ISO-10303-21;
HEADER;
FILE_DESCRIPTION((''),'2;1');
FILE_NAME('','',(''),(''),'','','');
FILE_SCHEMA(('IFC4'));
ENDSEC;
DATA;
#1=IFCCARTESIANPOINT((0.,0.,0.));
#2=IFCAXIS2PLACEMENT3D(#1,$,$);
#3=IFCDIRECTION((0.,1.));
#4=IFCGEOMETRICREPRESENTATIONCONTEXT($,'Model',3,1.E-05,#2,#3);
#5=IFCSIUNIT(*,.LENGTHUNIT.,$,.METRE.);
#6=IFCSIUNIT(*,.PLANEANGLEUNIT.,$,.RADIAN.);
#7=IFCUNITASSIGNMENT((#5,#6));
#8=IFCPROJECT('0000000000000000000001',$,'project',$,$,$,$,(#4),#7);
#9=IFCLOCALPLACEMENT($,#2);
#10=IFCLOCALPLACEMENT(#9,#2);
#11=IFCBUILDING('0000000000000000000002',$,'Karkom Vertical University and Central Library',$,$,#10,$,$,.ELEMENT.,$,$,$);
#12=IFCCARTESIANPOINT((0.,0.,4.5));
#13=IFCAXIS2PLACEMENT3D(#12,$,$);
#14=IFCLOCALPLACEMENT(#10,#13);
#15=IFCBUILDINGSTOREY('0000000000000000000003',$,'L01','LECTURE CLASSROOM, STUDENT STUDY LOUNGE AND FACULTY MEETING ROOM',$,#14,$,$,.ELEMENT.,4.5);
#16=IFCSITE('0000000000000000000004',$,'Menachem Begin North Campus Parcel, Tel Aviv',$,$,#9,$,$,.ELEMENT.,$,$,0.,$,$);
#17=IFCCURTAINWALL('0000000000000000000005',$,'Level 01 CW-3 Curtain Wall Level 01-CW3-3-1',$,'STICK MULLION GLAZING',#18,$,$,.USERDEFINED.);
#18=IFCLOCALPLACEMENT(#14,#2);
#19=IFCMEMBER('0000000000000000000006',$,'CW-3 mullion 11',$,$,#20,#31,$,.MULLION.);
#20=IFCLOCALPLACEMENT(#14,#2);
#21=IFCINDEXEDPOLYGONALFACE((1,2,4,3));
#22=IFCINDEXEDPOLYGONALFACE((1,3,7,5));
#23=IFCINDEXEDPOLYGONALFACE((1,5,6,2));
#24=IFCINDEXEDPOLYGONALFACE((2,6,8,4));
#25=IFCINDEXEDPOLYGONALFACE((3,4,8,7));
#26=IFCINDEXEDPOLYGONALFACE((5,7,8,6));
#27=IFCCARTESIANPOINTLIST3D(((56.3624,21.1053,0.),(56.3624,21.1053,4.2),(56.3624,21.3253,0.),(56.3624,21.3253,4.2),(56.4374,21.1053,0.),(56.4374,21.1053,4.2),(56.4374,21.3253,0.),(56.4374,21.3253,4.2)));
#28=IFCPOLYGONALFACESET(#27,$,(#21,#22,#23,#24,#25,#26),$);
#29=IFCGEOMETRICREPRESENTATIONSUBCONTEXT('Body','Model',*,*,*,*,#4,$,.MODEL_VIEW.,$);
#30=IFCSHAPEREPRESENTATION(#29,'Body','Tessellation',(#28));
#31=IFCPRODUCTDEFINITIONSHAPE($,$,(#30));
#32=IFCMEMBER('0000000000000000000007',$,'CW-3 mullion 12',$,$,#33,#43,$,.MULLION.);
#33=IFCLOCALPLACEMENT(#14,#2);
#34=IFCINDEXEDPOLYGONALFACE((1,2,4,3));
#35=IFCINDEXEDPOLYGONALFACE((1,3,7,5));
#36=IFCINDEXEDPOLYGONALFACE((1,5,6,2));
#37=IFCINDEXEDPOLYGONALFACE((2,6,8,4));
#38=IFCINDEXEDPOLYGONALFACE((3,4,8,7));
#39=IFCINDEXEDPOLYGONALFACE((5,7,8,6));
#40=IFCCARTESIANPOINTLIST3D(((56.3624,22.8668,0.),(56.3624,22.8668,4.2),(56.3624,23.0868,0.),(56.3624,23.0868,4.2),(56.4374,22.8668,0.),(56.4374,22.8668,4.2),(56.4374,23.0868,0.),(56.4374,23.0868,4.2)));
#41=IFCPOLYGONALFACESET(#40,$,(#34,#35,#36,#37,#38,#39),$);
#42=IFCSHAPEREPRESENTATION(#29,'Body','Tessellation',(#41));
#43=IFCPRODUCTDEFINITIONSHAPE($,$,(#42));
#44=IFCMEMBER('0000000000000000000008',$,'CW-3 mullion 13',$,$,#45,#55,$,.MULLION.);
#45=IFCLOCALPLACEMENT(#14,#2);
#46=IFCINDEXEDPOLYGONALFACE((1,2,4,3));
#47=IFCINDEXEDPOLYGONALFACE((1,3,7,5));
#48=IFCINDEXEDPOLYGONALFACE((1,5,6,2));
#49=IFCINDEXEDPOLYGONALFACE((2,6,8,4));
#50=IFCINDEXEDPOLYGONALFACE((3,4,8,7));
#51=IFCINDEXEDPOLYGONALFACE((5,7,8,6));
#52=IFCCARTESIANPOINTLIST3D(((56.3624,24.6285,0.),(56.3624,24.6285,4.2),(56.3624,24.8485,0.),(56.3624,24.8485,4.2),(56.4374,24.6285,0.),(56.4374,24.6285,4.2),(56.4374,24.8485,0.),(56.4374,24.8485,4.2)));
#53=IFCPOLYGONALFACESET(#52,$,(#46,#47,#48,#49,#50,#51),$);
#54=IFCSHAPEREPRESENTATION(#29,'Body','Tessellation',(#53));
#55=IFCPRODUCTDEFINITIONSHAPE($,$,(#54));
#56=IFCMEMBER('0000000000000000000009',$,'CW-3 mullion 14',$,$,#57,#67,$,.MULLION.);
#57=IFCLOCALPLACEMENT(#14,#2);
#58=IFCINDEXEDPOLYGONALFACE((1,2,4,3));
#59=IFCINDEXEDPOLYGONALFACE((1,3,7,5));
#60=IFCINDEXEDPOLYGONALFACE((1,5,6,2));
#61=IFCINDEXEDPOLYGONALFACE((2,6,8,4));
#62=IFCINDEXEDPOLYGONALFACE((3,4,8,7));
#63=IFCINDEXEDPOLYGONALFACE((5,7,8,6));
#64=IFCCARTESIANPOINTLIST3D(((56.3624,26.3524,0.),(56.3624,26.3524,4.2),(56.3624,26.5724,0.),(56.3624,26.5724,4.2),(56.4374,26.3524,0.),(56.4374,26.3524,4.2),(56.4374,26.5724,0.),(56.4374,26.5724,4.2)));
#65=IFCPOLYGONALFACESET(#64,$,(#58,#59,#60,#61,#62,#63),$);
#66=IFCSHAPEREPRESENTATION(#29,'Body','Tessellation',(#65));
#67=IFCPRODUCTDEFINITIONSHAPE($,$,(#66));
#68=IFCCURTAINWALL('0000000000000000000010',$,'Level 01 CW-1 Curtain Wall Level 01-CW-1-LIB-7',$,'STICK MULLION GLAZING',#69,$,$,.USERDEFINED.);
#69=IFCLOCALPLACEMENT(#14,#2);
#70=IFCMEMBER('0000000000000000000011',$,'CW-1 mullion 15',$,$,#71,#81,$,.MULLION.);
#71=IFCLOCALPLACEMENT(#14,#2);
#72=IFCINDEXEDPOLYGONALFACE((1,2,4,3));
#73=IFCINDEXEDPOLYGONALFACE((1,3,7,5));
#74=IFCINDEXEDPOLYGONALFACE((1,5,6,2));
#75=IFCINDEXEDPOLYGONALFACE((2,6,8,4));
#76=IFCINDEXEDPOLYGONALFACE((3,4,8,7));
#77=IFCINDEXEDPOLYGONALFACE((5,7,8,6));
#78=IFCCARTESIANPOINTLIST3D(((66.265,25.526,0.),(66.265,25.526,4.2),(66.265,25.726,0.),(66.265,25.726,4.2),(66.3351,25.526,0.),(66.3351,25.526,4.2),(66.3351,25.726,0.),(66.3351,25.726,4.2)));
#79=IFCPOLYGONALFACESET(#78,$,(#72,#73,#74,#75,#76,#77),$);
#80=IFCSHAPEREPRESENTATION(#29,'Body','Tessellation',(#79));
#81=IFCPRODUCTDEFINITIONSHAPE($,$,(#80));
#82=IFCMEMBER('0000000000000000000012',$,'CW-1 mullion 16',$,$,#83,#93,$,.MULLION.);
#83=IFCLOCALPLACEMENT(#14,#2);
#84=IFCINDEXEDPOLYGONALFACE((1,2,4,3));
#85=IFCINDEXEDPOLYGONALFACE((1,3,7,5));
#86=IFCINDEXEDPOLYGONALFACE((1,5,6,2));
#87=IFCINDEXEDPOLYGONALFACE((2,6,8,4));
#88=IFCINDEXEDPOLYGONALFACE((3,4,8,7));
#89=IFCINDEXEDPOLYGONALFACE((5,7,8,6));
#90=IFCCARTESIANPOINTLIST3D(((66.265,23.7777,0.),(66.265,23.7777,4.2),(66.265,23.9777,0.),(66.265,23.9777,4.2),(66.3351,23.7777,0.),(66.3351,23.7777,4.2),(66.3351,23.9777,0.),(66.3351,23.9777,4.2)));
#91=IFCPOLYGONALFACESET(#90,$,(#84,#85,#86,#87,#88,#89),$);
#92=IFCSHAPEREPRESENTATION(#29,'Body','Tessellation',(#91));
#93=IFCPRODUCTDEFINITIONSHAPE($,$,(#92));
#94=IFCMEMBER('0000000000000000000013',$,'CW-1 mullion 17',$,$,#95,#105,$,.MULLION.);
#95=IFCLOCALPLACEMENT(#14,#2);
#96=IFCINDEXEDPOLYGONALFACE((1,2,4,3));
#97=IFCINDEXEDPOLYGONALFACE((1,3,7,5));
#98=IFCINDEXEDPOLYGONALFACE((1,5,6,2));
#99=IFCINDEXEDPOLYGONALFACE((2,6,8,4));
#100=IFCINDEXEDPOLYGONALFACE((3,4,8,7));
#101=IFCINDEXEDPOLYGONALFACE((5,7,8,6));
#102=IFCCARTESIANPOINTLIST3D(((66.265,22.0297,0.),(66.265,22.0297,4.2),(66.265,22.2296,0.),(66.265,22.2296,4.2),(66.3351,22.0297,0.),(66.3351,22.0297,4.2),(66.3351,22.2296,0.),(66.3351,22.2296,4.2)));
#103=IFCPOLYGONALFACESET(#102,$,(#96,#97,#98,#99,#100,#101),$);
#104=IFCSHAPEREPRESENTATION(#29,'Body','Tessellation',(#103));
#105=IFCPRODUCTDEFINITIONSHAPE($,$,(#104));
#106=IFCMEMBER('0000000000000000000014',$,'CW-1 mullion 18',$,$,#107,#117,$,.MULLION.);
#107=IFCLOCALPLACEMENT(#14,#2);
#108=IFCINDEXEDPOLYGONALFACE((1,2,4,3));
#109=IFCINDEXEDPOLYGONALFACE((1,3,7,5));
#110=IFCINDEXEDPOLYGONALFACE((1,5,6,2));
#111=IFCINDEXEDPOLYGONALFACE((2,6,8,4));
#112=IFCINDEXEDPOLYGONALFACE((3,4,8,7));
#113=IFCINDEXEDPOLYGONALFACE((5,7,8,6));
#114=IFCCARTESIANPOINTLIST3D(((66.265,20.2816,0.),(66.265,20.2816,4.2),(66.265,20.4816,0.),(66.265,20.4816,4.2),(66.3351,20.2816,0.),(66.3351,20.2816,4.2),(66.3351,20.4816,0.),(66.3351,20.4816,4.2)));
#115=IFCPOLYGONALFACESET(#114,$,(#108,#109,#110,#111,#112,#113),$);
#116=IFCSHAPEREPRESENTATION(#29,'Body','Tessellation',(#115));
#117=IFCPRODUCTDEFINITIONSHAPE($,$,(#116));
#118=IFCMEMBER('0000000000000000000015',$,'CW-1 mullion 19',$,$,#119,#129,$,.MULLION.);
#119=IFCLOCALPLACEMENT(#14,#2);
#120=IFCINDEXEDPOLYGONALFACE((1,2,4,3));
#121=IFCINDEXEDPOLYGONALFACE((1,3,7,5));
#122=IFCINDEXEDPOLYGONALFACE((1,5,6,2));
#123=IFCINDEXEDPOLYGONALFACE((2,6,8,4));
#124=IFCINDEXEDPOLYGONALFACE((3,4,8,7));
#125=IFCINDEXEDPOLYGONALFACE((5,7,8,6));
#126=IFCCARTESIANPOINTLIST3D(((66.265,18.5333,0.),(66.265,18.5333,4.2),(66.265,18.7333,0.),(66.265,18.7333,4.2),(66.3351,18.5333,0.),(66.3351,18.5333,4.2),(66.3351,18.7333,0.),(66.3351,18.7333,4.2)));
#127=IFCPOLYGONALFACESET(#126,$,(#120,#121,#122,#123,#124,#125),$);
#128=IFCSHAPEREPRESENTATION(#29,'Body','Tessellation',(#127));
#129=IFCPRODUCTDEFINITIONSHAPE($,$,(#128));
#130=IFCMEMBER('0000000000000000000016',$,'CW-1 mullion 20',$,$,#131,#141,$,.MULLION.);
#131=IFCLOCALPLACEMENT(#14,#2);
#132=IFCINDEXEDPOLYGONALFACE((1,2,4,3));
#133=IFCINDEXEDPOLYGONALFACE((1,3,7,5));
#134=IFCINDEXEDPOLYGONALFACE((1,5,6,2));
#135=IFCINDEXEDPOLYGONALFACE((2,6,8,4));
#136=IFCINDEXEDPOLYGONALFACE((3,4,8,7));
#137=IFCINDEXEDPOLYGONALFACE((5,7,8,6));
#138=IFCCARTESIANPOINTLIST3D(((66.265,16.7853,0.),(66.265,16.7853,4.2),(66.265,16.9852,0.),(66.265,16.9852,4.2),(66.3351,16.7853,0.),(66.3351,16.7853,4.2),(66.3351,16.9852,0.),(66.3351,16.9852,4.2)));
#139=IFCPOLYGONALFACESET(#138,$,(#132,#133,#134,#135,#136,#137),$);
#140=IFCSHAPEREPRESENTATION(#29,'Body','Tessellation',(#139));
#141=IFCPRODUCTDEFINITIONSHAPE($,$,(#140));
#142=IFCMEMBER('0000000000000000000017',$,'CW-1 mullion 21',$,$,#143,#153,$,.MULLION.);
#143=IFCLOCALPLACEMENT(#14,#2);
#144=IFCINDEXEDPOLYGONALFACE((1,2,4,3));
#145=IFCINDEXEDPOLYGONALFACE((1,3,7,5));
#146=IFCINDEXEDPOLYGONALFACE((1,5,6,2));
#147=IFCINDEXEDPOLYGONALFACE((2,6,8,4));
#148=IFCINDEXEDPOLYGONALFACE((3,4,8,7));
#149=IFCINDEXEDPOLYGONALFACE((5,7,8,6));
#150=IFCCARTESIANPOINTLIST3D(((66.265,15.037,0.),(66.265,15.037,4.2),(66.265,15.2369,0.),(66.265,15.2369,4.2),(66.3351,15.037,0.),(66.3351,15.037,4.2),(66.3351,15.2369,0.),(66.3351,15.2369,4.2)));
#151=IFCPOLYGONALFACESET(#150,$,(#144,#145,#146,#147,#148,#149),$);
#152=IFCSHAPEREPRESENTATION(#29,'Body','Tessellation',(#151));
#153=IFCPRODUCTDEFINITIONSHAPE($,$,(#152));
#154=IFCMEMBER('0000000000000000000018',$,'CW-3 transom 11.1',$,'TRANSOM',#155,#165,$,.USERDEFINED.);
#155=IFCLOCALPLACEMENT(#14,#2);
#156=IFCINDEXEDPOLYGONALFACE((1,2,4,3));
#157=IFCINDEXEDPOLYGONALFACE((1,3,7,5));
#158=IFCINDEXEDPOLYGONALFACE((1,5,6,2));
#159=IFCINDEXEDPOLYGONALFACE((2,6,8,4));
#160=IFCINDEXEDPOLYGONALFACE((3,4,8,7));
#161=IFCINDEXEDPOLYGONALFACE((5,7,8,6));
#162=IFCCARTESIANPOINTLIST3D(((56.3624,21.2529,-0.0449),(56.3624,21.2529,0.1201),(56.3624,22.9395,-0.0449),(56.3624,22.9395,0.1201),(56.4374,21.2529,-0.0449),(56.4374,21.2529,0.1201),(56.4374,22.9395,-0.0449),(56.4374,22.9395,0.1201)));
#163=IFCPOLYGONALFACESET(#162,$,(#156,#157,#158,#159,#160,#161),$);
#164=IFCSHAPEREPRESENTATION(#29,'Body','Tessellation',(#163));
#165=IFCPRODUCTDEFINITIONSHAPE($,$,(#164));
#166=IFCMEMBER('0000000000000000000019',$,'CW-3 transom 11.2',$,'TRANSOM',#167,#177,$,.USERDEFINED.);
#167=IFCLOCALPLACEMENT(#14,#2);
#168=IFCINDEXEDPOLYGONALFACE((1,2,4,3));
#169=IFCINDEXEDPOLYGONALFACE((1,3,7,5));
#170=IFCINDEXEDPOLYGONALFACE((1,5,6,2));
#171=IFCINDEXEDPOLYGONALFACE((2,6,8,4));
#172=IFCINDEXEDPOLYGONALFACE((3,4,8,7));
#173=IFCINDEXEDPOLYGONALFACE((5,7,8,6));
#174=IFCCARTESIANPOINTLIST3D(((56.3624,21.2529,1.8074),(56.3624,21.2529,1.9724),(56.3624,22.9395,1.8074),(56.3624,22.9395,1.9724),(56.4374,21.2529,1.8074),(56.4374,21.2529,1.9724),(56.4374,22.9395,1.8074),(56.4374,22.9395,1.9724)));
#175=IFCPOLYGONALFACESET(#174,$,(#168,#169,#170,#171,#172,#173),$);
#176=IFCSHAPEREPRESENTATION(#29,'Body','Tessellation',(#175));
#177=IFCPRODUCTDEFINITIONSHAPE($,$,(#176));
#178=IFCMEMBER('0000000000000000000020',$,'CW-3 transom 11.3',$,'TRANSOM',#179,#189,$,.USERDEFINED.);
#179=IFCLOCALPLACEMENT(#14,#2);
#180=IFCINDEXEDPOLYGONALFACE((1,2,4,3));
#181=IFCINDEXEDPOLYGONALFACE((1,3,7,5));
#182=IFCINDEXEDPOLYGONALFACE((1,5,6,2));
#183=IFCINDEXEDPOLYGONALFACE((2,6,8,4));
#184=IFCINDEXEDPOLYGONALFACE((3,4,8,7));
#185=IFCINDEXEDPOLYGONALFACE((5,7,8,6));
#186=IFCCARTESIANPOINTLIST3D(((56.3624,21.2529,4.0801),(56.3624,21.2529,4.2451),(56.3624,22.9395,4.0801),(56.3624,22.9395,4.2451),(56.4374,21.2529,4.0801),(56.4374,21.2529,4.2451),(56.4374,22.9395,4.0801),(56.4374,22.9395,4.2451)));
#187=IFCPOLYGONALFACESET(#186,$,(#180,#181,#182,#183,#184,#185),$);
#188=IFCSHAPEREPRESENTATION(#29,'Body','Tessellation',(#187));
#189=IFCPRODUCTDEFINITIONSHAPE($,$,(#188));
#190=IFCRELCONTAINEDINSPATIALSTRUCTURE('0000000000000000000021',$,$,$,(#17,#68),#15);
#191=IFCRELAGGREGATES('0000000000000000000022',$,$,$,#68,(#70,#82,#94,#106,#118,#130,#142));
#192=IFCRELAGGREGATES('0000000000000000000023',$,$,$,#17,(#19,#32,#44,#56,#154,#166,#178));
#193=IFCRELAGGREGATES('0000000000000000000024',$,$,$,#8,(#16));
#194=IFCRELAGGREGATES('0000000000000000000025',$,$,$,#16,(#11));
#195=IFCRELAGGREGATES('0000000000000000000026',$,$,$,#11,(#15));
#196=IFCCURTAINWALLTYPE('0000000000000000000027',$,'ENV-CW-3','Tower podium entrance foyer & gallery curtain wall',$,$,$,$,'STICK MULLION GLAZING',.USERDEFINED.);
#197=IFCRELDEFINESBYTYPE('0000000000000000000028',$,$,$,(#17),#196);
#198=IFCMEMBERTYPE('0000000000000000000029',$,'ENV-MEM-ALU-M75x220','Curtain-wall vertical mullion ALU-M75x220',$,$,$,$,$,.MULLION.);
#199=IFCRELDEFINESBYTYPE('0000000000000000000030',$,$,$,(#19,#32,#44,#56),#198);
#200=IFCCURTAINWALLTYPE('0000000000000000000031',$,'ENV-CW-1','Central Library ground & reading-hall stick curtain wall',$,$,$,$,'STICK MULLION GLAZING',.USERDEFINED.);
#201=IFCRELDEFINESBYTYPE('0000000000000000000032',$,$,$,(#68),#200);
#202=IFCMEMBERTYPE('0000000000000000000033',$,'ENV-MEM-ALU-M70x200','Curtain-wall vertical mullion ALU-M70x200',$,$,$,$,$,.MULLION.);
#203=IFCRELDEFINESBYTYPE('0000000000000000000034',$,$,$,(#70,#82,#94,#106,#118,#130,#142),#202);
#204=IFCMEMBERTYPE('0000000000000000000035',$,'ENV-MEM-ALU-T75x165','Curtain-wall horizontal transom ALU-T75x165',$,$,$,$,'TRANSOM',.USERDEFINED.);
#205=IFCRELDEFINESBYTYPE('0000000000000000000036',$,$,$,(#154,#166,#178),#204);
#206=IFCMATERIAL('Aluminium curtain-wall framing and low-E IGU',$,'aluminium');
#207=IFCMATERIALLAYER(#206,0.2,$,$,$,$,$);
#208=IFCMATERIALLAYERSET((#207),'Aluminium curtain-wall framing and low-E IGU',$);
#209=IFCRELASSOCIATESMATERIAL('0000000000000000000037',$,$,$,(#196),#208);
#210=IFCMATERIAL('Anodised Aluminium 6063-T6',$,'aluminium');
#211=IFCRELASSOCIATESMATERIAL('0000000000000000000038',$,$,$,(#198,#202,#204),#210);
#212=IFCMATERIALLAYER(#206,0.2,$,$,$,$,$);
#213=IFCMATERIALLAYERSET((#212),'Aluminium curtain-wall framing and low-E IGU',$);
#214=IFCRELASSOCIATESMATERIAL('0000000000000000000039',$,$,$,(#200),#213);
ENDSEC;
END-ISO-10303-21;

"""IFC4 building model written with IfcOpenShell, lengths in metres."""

from ifc_helpers import new_model, si_unit, direction, frame, origin, origin_with_axes, origin_2d, place, context, subcontext, project, spatial, rectangle, extrude, source, transform, mapped, material, layer, layer_set, material_profile, profile_set, type_object, element, aggregate, save


model = new_model("IFC4")

# Units and contexts
model_context = context("Model", 3, precision=1e-05, world=origin(), true_north=direction((0.0, 1.0)))
body_context = subcontext(model_context, "Body", "Model", "MODEL_VIEW")
ifc_project = project(units=[si_unit("LENGTHUNIT", "METRE"), si_unit("PLANEANGLEUNIT", "RADIAN")], contexts=[model_context])

# Site, building, storey
site_placement = place(None, origin())
site = spatial("IfcSite", under=ifc_project, at=site_placement, Name="Menachem Begin North Campus Parcel, Tel Aviv", CompositionType="ELEMENT", RefElevation=0.0)
building_placement = place(site_placement, origin())
building = spatial("IfcBuilding", under=site, at=building_placement, Name="Karkom Vertical University and Central Library", CompositionType="ELEMENT")
storey_placement = place(building_placement, frame((0.0, 0.0, 4.5)))
storey = spatial("IfcBuildingStorey", under=building, at=storey_placement, Name="L01", Description="LECTURE CLASSROOM, STUDENT STUDY LOUNGE AND FACULTY MEETING ROOM", CompositionType="ELEMENT", Elevation=4.5)

# Curtain walls, members
ifc_material_1 = material(Name="Aluminium curtain-wall framing and low-E IGU", Category="aluminium")
ifc_layer_1 = layer(ifc_material_1, 0.2)
ifc_layer_set_1 = layer_set([ifc_layer_1], Name="Aluminium curtain-wall framing and low-E IGU")
curtain_wall_type_1 = type_object("IfcCurtainWallType", Name="ENV-CW-3", Description="Tower podium entrance foyer & gallery curtain wall", ElementType="STICK MULLION GLAZING", PredefinedType="USERDEFINED", material=ifc_layer_set_1)
curtain_wall_1_placement = place(storey_placement, origin())
curtain_wall_1 = element("IfcCurtainWall", 1, at=curtain_wall_1_placement, inside=storey, type_object=curtain_wall_type_1, Name="Level 01 CW-3 Curtain Wall Level 01-CW3-3-1", ObjectType="STICK MULLION GLAZING", PredefinedType="USERDEFINED")
ifc_material_2 = material(Name="Anodised Aluminium 6063-T6", Category="aluminium")
ifc_material_profile_1 = material_profile(ifc_material_2, rectangle(XDim=0.075, YDim=0.22, at=origin_2d()), Name="ALU-M75x220")
ifc_profile_set_1 = profile_set([ifc_material_profile_1], Name="Anodised Aluminium 6063-T6")
member_type_1 = type_object("IfcMemberType", Name="ENV-MEM-ALU-M75x220", Description="Curtain-wall vertical mullion ALU-M75x220", PredefinedType="MULLION", material=ifc_profile_set_1)
shared_shape_1 = source(origin_with_axes(), body_context, "Body", "SweptSolid", [
    extrude(rectangle(XDim=0.075, YDim=0.22, at=origin_2d()), origin(), (0.0, 0.0, 1.0), 4.2),
])
member_1_placement = place(storey_placement, frame((56.3999, 21.2153, 0.0), z_axis=(0.0, 0.0, 1.0), x_axis=(-1.0, 0.0, 0.0)))
member_1 = element("IfcMember", 2, at=member_1_placement, type_object=member_type_1, Name="CW-3 mullion 11", PredefinedType="MULLION", context=body_context, shape_type="MappedRepresentation", body=[
    mapped(shared_shape_1, transform((0.0, 0.0, 0.0), scale=1.0)),
])
member_2_placement = place(storey_placement, frame((56.3999, 22.9768, 0.0), z_axis=(0.0, 0.0, 1.0), x_axis=(-1.0, 0.0, 0.0)))
member_2 = element("IfcMember", 3, at=member_2_placement, type_object=member_type_1, Name="CW-3 mullion 12", PredefinedType="MULLION", context=body_context, shape_type="MappedRepresentation", body=[
    mapped(shared_shape_1, transform((0.0, 0.0, 0.0), scale=1.0)),
])
member_3_placement = place(storey_placement, frame((56.3999, 24.7385, 0.0), z_axis=(0.0, 0.0, 1.0), x_axis=(-1.0, 0.0, 0.0)))
member_3 = element("IfcMember", 4, at=member_3_placement, type_object=member_type_1, Name="CW-3 mullion 13", PredefinedType="MULLION", context=body_context, shape_type="MappedRepresentation", body=[
    mapped(shared_shape_1, transform((0.0, 0.0, 0.0), scale=1.0)),
])
member_4_placement = place(storey_placement, frame((56.3999, 26.4624, 0.0), z_axis=(0.0, 0.0, 1.0), x_axis=(-1.0, 0.0, 0.0)))
member_4 = element("IfcMember", 5, at=member_4_placement, type_object=member_type_1, Name="CW-3 mullion 14", PredefinedType="MULLION", context=body_context, shape_type="MappedRepresentation", body=[
    mapped(shared_shape_1, transform((0.0, 0.0, 0.0), scale=1.0)),
])
ifc_layer_2 = layer(ifc_material_1, 0.2)
ifc_layer_set_2 = layer_set([ifc_layer_2], Name="Aluminium curtain-wall framing and low-E IGU")
curtain_wall_type_2 = type_object("IfcCurtainWallType", Name="ENV-CW-1", Description="Central Library ground & reading-hall stick curtain wall", ElementType="STICK MULLION GLAZING", PredefinedType="USERDEFINED", material=ifc_layer_set_2)
curtain_wall_2_placement = place(storey_placement, origin())
curtain_wall_2 = element("IfcCurtainWall", 6, at=curtain_wall_2_placement, inside=storey, type_object=curtain_wall_type_2, Name="Level 01 CW-1 Curtain Wall Level 01-CW-1-LIB-7", ObjectType="STICK MULLION GLAZING", PredefinedType="USERDEFINED")
ifc_material_profile_2 = material_profile(ifc_material_2, rectangle(XDim=0.0701, YDim=0.2, at=origin_2d()), Name="ALU-M70x200")
ifc_profile_set_2 = profile_set([ifc_material_profile_2], Name="Anodised Aluminium 6063-T6")
member_type_2 = type_object("IfcMemberType", Name="ENV-MEM-ALU-M70x200", Description="Curtain-wall vertical mullion ALU-M70x200", PredefinedType="MULLION", material=ifc_profile_set_2)
shared_shape_2 = source(origin_with_axes(), body_context, "Body", "SweptSolid", [
    extrude(rectangle(XDim=0.0701, YDim=0.2, at=origin_2d()), origin(), (0.0, 0.0, 1.0), 4.2),
])
member_5_placement = place(storey_placement, frame((66.3, 25.626, 0.0), z_axis=(0.0, 0.0, 1.0), x_axis=(1.0, 0.0, 0.0)))
member_5 = element("IfcMember", 7, at=member_5_placement, type_object=member_type_2, Name="CW-1 mullion 15", PredefinedType="MULLION", context=body_context, shape_type="MappedRepresentation", body=[
    mapped(shared_shape_2, transform((0.0, 0.0, 0.0), scale=1.0)),
])
member_6_placement = place(storey_placement, frame((66.3, 23.8777, 0.0), z_axis=(0.0, 0.0, 1.0), x_axis=(1.0, 0.0, 0.0)))
member_6 = element("IfcMember", 8, at=member_6_placement, type_object=member_type_2, Name="CW-1 mullion 16", PredefinedType="MULLION", context=body_context, shape_type="MappedRepresentation", body=[
    mapped(shared_shape_2, transform((0.0, 0.0, 0.0), scale=1.0)),
])
member_7_placement = place(storey_placement, frame((66.3, 22.1296, 0.0), z_axis=(0.0, 0.0, 1.0), x_axis=(1.0, 0.0, 0.0)))
member_7 = element("IfcMember", 9, at=member_7_placement, type_object=member_type_2, Name="CW-1 mullion 17", PredefinedType="MULLION", context=body_context, shape_type="MappedRepresentation", body=[
    mapped(shared_shape_2, transform((0.0, 0.0, 0.0), scale=1.0)),
])
member_8_placement = place(storey_placement, frame((66.3, 20.3816, 0.0), z_axis=(0.0, 0.0, 1.0), x_axis=(1.0, 0.0, 0.0)))
member_8 = element("IfcMember", 10, at=member_8_placement, type_object=member_type_2, Name="CW-1 mullion 18", PredefinedType="MULLION", context=body_context, shape_type="MappedRepresentation", body=[
    mapped(shared_shape_2, transform((0.0, 0.0, 0.0), scale=1.0)),
])
member_9_placement = place(storey_placement, frame((66.3, 18.6333, 0.0), z_axis=(0.0, 0.0, 1.0), x_axis=(1.0, 0.0, 0.0)))
member_9 = element("IfcMember", 11, at=member_9_placement, type_object=member_type_2, Name="CW-1 mullion 19", PredefinedType="MULLION", context=body_context, shape_type="MappedRepresentation", body=[
    mapped(shared_shape_2, transform((0.0, 0.0, 0.0), scale=1.0)),
])
member_10_placement = place(storey_placement, frame((66.3, 16.8853, 0.0), z_axis=(0.0, 0.0, 1.0), x_axis=(1.0, 0.0, 0.0)))
member_10 = element("IfcMember", 12, at=member_10_placement, type_object=member_type_2, Name="CW-1 mullion 20", PredefinedType="MULLION", context=body_context, shape_type="MappedRepresentation", body=[
    mapped(shared_shape_2, transform((0.0, 0.0, 0.0), scale=1.0)),
])
member_11_placement = place(storey_placement, frame((66.3, 15.137, 0.0), z_axis=(0.0, 0.0, 1.0), x_axis=(1.0, 0.0, 0.0)))
member_11 = element("IfcMember", 13, at=member_11_placement, type_object=member_type_2, Name="CW-1 mullion 21", PredefinedType="MULLION", context=body_context, shape_type="MappedRepresentation", body=[
    mapped(shared_shape_2, transform((0.0, 0.0, 0.0), scale=1.0)),
])
aggregate(curtain_wall_2, [member_5, member_6, member_7, member_8, member_9, member_10, member_11])

# Members
ifc_material_profile_3 = material_profile(ifc_material_2, rectangle(XDim=0.075, YDim=0.165, at=origin_2d()), Name="ALU-T75x165")
ifc_profile_set_3 = profile_set([ifc_material_profile_3], Name="Anodised Aluminium 6063-T6")
member_type_3 = type_object("IfcMemberType", Name="ENV-MEM-ALU-T75x165", Description="Curtain-wall horizontal transom ALU-T75x165", ElementType="TRANSOM", PredefinedType="USERDEFINED", material=ifc_profile_set_3)
shared_shape_3 = source(origin_with_axes(), body_context, "Body", "SweptSolid", [
    extrude(rectangle(XDim=0.075, YDim=0.165, at=origin_2d()), origin(), (0.0, 0.0, 1.0), 1.6865),
])
member_12_placement = place(storey_placement, frame((56.3999, 21.2529, 0.0376), z_axis=(0.0, 1.0, 0.0), x_axis=(-1.0, 0.0, 0.0)))
member_12 = element("IfcMember", 14, at=member_12_placement, type_object=member_type_3, Name="CW-3 transom 11.1", ObjectType="TRANSOM", PredefinedType="USERDEFINED", context=body_context, shape_type="MappedRepresentation", body=[
    mapped(shared_shape_3, transform((0.0, 0.0, 0.0), scale=1.0)),
])
member_13_placement = place(storey_placement, frame((56.3999, 21.2529, 1.8899), z_axis=(0.0, 1.0, 0.0), x_axis=(-1.0, 0.0, 0.0)))
member_13 = element("IfcMember", 15, at=member_13_placement, type_object=member_type_3, Name="CW-3 transom 11.2", ObjectType="TRANSOM", PredefinedType="USERDEFINED", context=body_context, shape_type="MappedRepresentation", body=[
    mapped(shared_shape_3, transform((0.0, 0.0, 0.0), scale=1.0)),
])
member_14_placement = place(storey_placement, frame((56.3999, 21.2529, 4.1626), z_axis=(0.0, 1.0, 0.0), x_axis=(-1.0, 0.0, 0.0)))
member_14 = element("IfcMember", 16, at=member_14_placement, type_object=member_type_3, Name="CW-3 transom 11.3", ObjectType="TRANSOM", PredefinedType="USERDEFINED", context=body_context, shape_type="MappedRepresentation", body=[
    mapped(shared_shape_3, transform((0.0, 0.0, 0.0), scale=1.0)),
])

aggregate(curtain_wall_1, [member_1, member_2, member_3, member_4, member_12, member_13, member_14])

save(model, "model.ifc")
